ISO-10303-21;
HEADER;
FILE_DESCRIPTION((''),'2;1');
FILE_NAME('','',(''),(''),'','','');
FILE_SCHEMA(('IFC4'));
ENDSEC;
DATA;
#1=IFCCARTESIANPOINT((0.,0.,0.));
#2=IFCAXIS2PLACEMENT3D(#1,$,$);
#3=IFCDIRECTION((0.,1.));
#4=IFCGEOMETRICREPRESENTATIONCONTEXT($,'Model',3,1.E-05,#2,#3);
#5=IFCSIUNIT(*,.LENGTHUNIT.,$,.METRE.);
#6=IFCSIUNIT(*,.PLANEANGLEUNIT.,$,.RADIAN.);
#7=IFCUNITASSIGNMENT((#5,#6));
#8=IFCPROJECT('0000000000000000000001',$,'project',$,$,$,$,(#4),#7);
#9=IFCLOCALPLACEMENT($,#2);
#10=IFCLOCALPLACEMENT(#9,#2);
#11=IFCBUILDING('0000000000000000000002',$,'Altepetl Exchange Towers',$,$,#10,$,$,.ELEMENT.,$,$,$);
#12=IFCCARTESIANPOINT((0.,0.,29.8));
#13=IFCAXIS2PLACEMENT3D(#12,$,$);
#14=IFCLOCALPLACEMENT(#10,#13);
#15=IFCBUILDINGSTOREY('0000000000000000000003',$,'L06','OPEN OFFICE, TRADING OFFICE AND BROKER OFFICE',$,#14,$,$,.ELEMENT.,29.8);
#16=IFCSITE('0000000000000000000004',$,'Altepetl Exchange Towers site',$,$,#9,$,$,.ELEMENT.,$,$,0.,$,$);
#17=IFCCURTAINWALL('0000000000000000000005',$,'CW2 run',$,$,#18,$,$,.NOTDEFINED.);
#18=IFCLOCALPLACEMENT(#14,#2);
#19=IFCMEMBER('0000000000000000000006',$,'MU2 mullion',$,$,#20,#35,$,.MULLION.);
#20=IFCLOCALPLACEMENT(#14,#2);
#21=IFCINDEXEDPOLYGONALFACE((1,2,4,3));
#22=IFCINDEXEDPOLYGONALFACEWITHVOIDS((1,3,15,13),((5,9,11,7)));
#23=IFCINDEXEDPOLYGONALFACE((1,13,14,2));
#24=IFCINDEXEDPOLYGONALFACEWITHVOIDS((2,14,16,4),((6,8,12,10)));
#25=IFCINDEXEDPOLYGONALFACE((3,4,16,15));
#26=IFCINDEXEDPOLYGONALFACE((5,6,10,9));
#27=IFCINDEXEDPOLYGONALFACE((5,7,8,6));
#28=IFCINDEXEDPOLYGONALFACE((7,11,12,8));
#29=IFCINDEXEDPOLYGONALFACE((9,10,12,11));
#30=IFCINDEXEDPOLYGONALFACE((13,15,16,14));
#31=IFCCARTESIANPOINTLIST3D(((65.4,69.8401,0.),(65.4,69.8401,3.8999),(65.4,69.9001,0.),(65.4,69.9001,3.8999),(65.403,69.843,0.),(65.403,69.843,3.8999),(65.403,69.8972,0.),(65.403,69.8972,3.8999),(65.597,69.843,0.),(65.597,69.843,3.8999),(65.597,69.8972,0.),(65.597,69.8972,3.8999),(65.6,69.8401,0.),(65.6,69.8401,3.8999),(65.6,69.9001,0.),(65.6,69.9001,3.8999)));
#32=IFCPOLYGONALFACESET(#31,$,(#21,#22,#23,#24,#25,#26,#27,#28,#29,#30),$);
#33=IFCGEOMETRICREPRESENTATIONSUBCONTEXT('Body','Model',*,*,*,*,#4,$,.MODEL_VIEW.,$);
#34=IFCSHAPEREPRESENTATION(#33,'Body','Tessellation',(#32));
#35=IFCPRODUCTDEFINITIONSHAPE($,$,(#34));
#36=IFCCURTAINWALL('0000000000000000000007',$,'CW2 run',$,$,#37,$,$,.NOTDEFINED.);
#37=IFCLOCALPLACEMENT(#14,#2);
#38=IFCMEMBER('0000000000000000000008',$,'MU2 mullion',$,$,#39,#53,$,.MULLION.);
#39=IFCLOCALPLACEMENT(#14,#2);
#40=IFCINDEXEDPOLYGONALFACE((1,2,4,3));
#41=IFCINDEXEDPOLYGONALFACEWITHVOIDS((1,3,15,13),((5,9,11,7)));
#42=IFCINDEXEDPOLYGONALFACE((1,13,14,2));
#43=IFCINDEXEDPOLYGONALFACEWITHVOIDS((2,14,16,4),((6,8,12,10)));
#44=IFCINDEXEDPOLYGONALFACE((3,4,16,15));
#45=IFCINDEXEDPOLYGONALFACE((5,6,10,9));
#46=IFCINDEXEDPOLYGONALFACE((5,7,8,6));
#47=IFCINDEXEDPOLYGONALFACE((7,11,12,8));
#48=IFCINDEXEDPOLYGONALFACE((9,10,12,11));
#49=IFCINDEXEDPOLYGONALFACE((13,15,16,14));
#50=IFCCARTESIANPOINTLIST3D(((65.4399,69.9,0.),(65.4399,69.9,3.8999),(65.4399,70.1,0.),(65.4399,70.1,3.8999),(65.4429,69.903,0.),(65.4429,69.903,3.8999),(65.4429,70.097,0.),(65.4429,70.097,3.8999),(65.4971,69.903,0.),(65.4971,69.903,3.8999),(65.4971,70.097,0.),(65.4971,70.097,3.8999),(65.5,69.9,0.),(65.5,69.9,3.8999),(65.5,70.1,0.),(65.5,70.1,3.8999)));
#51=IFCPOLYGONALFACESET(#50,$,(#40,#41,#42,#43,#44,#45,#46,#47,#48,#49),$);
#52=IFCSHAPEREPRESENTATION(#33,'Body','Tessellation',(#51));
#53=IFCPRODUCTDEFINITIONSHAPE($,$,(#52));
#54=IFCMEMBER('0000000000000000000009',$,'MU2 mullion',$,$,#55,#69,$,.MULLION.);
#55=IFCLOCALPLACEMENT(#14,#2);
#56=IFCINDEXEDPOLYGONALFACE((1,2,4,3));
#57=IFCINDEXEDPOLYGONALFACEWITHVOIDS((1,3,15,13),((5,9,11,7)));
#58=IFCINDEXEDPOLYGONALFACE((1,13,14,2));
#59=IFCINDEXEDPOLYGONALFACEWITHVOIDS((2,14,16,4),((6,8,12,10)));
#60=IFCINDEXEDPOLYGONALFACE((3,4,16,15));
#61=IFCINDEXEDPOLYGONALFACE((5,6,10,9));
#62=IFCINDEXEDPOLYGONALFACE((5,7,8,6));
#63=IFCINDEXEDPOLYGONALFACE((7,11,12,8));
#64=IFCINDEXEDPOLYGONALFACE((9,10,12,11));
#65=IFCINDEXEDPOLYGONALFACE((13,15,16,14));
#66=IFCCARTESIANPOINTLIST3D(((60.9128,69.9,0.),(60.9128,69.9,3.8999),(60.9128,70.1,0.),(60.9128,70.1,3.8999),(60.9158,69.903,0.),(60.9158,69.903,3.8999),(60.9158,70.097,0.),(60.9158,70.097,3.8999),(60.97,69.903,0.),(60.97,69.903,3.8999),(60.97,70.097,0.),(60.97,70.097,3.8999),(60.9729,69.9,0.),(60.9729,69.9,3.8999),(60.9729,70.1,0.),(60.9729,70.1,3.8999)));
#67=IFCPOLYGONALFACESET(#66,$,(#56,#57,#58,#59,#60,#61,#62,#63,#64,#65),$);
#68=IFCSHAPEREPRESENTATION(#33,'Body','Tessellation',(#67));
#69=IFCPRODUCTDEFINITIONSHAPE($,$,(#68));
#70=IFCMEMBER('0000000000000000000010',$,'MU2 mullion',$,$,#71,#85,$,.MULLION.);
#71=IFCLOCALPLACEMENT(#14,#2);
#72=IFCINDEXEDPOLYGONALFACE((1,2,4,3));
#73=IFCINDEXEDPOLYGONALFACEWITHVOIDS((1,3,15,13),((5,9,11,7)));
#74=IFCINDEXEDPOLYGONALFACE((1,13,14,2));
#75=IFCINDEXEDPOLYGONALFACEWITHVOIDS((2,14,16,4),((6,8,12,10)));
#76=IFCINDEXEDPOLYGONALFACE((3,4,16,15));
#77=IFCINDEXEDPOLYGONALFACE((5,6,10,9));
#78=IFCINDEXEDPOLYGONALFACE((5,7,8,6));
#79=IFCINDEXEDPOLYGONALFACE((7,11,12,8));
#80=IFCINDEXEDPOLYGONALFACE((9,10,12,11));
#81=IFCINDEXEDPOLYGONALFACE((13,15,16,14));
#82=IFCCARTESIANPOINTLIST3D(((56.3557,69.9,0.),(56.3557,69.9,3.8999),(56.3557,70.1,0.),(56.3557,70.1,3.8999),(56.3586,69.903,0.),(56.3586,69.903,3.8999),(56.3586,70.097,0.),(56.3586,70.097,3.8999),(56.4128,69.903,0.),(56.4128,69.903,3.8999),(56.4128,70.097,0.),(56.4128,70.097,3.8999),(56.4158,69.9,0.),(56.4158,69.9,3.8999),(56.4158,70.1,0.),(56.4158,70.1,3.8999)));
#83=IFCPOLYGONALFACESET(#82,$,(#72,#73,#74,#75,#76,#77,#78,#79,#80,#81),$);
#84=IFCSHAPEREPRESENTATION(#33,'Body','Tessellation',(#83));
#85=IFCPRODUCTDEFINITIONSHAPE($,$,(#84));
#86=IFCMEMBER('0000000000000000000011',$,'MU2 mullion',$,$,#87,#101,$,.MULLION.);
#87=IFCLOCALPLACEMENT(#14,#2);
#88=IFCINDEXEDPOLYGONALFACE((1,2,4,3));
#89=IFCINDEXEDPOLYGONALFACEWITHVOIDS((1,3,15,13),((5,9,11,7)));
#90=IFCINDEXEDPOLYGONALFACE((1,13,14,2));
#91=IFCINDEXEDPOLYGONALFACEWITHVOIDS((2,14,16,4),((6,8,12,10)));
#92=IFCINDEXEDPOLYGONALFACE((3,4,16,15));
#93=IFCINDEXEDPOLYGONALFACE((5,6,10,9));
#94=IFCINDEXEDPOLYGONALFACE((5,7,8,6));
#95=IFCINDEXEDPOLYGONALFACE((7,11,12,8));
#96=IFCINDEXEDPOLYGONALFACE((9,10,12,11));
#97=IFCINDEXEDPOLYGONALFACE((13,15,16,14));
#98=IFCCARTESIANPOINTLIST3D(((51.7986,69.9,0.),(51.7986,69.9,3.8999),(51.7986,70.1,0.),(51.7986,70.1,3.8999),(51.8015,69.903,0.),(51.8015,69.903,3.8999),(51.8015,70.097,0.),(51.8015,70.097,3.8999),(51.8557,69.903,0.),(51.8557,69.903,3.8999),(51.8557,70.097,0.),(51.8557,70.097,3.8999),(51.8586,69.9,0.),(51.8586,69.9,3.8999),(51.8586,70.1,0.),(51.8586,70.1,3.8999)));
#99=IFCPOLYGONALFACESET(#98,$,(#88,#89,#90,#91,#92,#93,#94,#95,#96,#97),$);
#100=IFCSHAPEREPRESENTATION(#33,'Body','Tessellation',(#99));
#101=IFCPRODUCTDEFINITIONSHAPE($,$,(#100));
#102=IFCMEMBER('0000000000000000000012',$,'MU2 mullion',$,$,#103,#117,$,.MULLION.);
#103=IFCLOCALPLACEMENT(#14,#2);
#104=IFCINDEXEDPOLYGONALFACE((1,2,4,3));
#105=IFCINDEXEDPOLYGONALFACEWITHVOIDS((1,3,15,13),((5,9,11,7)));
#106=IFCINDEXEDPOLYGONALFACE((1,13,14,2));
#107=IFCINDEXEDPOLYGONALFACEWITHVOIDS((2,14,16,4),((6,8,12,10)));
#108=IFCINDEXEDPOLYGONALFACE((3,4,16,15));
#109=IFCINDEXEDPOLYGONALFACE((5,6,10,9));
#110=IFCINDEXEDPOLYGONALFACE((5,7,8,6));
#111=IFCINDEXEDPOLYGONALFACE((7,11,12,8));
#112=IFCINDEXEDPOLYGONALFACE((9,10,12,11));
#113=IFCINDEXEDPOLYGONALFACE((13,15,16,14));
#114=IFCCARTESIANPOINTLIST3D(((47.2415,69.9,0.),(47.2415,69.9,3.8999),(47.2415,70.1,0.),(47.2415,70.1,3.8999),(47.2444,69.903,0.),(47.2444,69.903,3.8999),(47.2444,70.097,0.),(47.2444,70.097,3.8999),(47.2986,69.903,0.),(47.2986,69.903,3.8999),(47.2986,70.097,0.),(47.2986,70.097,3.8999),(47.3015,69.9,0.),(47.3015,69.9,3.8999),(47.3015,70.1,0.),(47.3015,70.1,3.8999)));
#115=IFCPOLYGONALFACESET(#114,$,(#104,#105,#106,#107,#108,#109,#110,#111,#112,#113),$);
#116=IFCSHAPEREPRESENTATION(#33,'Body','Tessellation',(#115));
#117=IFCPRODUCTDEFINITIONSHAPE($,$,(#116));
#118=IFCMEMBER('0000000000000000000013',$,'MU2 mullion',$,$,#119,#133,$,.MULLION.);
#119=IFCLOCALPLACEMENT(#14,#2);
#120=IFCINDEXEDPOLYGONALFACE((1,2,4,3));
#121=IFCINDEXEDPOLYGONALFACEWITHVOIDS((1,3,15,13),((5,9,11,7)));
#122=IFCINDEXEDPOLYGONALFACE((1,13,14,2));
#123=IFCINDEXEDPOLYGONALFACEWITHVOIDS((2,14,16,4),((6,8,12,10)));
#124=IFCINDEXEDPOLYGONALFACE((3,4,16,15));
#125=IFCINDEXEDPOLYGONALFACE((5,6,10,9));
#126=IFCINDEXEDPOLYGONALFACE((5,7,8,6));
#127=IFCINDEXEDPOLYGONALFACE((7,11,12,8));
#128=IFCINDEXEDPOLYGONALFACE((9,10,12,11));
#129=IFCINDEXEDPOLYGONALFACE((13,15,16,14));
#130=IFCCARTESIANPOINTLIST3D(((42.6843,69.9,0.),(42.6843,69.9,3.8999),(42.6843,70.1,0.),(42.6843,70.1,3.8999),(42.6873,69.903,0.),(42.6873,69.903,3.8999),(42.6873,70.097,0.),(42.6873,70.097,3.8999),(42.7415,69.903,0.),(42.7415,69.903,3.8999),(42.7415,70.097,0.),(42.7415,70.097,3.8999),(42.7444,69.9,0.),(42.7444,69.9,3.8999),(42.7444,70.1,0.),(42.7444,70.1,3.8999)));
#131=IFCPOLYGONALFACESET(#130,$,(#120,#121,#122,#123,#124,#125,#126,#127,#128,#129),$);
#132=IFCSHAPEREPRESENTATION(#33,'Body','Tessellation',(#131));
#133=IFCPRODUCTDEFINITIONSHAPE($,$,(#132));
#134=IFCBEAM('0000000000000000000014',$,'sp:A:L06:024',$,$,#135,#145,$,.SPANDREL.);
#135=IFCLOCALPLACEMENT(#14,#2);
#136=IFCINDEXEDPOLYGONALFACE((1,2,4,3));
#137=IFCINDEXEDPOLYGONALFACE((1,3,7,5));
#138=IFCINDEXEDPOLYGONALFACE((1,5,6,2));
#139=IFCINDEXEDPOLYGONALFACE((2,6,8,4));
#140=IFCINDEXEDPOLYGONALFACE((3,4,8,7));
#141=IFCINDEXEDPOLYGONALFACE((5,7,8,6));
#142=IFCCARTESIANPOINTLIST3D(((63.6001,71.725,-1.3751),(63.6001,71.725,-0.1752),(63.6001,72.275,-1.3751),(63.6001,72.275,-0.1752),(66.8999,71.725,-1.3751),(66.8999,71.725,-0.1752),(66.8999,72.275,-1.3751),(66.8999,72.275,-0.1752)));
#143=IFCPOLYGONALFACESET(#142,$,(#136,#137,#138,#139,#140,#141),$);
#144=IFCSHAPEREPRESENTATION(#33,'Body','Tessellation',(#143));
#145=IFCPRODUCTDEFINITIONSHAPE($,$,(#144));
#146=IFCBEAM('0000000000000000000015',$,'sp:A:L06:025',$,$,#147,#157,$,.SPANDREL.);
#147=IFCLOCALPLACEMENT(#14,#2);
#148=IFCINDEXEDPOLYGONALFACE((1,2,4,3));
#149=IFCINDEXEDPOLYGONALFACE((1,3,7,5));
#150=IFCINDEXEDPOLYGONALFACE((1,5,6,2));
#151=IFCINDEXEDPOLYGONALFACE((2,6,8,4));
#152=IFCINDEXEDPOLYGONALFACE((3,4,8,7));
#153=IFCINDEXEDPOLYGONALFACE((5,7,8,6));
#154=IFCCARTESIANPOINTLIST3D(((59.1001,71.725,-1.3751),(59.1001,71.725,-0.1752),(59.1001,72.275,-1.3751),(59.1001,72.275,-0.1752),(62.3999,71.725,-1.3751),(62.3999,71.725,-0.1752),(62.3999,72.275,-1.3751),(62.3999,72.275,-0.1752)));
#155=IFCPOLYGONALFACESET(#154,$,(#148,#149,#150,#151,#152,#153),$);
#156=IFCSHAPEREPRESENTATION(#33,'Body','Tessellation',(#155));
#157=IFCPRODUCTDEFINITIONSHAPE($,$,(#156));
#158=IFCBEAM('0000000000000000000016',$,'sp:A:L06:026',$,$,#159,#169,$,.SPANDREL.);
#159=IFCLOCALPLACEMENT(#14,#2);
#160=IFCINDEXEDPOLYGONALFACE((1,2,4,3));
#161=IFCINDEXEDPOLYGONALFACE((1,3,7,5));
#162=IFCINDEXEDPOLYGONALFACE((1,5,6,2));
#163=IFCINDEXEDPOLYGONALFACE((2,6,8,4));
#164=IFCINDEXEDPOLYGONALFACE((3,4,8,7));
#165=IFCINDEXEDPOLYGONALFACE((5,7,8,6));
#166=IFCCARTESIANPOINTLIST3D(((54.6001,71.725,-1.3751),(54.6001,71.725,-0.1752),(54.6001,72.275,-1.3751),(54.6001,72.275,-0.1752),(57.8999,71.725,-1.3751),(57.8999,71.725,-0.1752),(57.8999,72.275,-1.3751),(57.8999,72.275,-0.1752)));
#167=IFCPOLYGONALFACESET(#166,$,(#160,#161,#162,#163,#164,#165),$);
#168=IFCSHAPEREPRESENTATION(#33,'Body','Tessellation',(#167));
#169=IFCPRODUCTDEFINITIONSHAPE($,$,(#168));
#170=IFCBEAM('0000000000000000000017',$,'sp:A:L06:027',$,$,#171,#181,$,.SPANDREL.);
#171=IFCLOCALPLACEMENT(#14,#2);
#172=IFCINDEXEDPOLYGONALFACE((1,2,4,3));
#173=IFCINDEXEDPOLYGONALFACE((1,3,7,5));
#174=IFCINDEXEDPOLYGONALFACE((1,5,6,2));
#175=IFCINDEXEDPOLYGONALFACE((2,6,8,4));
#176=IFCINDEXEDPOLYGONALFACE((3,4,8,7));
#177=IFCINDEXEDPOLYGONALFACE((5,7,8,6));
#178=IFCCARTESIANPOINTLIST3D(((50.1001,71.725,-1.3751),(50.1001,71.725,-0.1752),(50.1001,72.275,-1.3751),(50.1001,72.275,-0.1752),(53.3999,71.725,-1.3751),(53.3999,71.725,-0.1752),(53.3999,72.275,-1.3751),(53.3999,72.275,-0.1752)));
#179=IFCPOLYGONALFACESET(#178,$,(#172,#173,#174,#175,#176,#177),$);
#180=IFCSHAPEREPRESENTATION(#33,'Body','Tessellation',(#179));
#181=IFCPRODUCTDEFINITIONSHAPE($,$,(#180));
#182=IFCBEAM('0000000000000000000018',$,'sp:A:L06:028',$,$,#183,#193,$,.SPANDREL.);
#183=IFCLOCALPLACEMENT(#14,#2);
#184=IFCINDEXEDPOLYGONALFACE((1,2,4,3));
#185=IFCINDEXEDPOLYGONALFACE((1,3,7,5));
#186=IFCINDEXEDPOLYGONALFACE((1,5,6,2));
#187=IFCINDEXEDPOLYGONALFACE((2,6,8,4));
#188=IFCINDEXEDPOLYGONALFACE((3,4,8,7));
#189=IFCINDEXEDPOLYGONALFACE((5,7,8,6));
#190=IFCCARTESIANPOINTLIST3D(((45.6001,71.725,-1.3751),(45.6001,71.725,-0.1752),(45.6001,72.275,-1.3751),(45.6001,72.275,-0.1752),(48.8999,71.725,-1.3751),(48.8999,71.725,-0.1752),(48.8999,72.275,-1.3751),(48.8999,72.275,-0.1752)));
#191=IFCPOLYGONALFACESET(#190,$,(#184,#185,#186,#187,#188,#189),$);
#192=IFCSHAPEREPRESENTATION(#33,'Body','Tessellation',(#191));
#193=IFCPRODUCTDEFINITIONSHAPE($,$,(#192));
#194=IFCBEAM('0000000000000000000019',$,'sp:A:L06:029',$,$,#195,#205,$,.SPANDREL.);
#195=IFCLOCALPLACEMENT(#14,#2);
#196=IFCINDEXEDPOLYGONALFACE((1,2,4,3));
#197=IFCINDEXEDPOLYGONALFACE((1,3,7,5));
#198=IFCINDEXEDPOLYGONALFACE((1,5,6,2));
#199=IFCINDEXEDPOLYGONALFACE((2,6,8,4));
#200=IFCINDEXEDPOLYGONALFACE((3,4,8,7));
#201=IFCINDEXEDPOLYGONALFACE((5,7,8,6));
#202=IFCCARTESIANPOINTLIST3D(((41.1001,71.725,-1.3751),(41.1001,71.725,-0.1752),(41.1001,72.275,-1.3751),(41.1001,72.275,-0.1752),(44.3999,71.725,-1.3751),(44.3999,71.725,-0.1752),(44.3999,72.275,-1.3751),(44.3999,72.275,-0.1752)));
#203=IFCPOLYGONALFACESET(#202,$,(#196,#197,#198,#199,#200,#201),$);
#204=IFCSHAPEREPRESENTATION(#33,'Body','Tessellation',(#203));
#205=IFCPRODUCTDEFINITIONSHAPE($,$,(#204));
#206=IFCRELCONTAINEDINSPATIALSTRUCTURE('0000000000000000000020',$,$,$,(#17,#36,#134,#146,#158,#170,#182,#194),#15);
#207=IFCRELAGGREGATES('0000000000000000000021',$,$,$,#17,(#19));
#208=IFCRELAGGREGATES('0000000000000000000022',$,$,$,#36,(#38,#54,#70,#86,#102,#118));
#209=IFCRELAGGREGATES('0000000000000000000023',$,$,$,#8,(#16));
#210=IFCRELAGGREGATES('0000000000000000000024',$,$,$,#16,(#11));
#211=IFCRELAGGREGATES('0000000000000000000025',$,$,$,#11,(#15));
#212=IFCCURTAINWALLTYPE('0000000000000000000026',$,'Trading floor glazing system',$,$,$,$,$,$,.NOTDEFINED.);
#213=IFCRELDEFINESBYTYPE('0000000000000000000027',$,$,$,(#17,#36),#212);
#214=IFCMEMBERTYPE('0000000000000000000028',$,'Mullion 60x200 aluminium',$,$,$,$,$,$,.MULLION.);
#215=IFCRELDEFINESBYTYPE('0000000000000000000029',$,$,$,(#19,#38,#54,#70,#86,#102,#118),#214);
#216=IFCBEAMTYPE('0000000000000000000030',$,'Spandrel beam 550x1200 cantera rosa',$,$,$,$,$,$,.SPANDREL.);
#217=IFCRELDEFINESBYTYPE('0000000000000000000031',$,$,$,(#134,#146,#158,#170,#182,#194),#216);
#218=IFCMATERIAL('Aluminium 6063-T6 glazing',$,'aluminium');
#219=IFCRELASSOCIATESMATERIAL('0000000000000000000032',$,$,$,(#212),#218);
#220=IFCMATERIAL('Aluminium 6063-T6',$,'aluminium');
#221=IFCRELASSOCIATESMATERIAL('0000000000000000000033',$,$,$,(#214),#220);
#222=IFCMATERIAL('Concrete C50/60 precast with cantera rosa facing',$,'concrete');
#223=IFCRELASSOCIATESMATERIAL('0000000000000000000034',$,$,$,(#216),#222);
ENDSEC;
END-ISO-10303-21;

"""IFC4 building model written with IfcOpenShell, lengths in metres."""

from ifc_helpers import new_model, si_unit, direction, frame, origin, origin_2d, place, context, subcontext, project, spatial, rectangle, hollow_rectangle, extrude, material, material_profile, profile_set, type_object, element, aggregate, save


model = new_model("IFC4")

# Units and contexts
model_context = context("Model", 3, precision=1e-05, world=origin(), true_north=direction((0.0, 1.0)))
body_context = subcontext(model_context, "Body", "Model", "MODEL_VIEW")
ifc_project = project(units=[si_unit("LENGTHUNIT", "METRE"), si_unit("PLANEANGLEUNIT", "RADIAN")], contexts=[model_context])

# Site, building, storey
site_placement = place(None, origin())
site = spatial("IfcSite", under=ifc_project, at=site_placement, Name="Altepetl Exchange Towers site", CompositionType="ELEMENT", RefElevation=0.0)
building_placement = place(site_placement, origin())
building = spatial("IfcBuilding", under=site, at=building_placement, Name="Altepetl Exchange Towers", CompositionType="ELEMENT")
storey_placement = place(building_placement, frame((0.0, 0.0, 29.8)))
storey = spatial("IfcBuildingStorey", under=building, at=storey_placement, Name="L06", Description="OPEN OFFICE, TRADING OFFICE AND BROKER OFFICE", CompositionType="ELEMENT", Elevation=29.8)

# Shared definitions
ifc_material_1 = material(Name="Aluminium 6063-T6 glazing", Category="aluminium")
curtain_wall_type = type_object("IfcCurtainWallType", Name="Trading floor glazing system", PredefinedType="NOTDEFINED", material=ifc_material_1)
ifc_material_2 = material(Name="Aluminium 6063-T6", Category="aluminium")
ifc_material_profile_1 = material_profile(ifc_material_2, hollow_rectangle(XDim=0.0601, YDim=0.2, WallThickness=0.0029, at=origin_2d()), Name="Mullion 60x200 aluminium")
ifc_profile_set_1 = profile_set([ifc_material_profile_1], Name="Aluminium 6063-T6")
member_type = type_object("IfcMemberType", Name="Mullion 60x200 aluminium", PredefinedType="MULLION", material=ifc_profile_set_1)

# Curtain walls, members
curtain_wall_1_placement = place(storey_placement, origin())
curtain_wall_1 = element("IfcCurtainWall", 1, at=curtain_wall_1_placement, inside=storey, type_object=curtain_wall_type, Name="CW2 run", PredefinedType="NOTDEFINED")
member_1_placement = place(storey_placement, frame((65.5, 69.8701, 0.0), z_axis=(0.0, 0.0, 1.0), x_axis=(0.0, 1.0, 0.0)))
member_1 = element("IfcMember", 2, at=member_1_placement, type_object=member_type, Name="MU2 mullion", PredefinedType="MULLION", context=body_context, shape_type="SweptSolid", body=[
    extrude(hollow_rectangle(XDim=0.0601, YDim=0.2, WallThickness=0.0029, at=origin_2d()), origin(), (0.0, 0.0, 1.0), 3.8999),
])
curtain_wall_2_placement = place(storey_placement, origin())
curtain_wall_2 = element("IfcCurtainWall", 3, at=curtain_wall_2_placement, inside=storey, type_object=curtain_wall_type, Name="CW2 run", PredefinedType="NOTDEFINED")
member_2_placement = place(storey_placement, frame((65.47, 70.0, 0.0), z_axis=(0.0, 0.0, 1.0), x_axis=(-1.0, 0.0, 0.0)))
member_2 = element("IfcMember", 4, at=member_2_placement, type_object=member_type, Name="MU2 mullion", PredefinedType="MULLION", context=body_context, shape_type="SweptSolid", body=[
    extrude(hollow_rectangle(XDim=0.0601, YDim=0.2, WallThickness=0.0029, at=origin_2d()), origin(), (0.0, 0.0, 1.0), 3.8999),
])
member_3_placement = place(storey_placement, frame((60.9429, 70.0, 0.0), z_axis=(0.0, 0.0, 1.0), x_axis=(-1.0, 0.0, 0.0)))
member_3 = element("IfcMember", 5, at=member_3_placement, type_object=member_type, Name="MU2 mullion", PredefinedType="MULLION", context=body_context, shape_type="SweptSolid", body=[
    extrude(hollow_rectangle(XDim=0.0601, YDim=0.2, WallThickness=0.0029, at=origin_2d()), origin(), (0.0, 0.0, 1.0), 3.8999),
])
member_4_placement = place(storey_placement, frame((56.3857, 70.0, 0.0), z_axis=(0.0, 0.0, 1.0), x_axis=(-1.0, 0.0, 0.0)))
member_4 = element("IfcMember", 6, at=member_4_placement, type_object=member_type, Name="MU2 mullion", PredefinedType="MULLION", context=body_context, shape_type="SweptSolid", body=[
    extrude(hollow_rectangle(XDim=0.0601, YDim=0.2, WallThickness=0.0029, at=origin_2d()), origin(), (0.0, 0.0, 1.0), 3.8999),
])
member_5_placement = place(storey_placement, frame((51.8286, 70.0, 0.0), z_axis=(0.0, 0.0, 1.0), x_axis=(-1.0, 0.0, 0.0)))
member_5 = element("IfcMember", 7, at=member_5_placement, type_object=member_type, Name="MU2 mullion", PredefinedType="MULLION", context=body_context, shape_type="SweptSolid", body=[
    extrude(hollow_rectangle(XDim=0.0601, YDim=0.2, WallThickness=0.0029, at=origin_2d()), origin(), (0.0, 0.0, 1.0), 3.8999),
])
member_6_placement = place(storey_placement, frame((47.2715, 70.0, 0.0), z_axis=(0.0, 0.0, 1.0), x_axis=(-1.0, 0.0, 0.0)))
member_6 = element("IfcMember", 8, at=member_6_placement, type_object=member_type, Name="MU2 mullion", PredefinedType="MULLION", context=body_context, shape_type="SweptSolid", body=[
    extrude(hollow_rectangle(XDim=0.0601, YDim=0.2, WallThickness=0.0029, at=origin_2d()), origin(), (0.0, 0.0, 1.0), 3.8999),
])
member_7_placement = place(storey_placement, frame((42.7144, 70.0, 0.0), z_axis=(0.0, 0.0, 1.0), x_axis=(-1.0, 0.0, 0.0)))
member_7 = element("IfcMember", 9, at=member_7_placement, type_object=member_type, Name="MU2 mullion", PredefinedType="MULLION", context=body_context, shape_type="SweptSolid", body=[
    extrude(hollow_rectangle(XDim=0.0601, YDim=0.2, WallThickness=0.0029, at=origin_2d()), origin(), (0.0, 0.0, 1.0), 3.8999),
])

# Beams
ifc_material_3 = material(Name="Concrete C50/60 precast with cantera rosa facing", Category="concrete")
ifc_material_profile_2 = material_profile(ifc_material_3, rectangle(XDim=0.55, YDim=1.2, at=origin_2d()), Name="550 x 1200")
ifc_profile_set_2 = profile_set([ifc_material_profile_2], Name="Concrete C50/60 precast with cantera rosa facing")
beam_type_1 = type_object("IfcBeamType", Name="Spandrel beam 550x1200 cantera rosa", PredefinedType="SPANDREL", material=ifc_profile_set_2)
for number, where, z_axis, x_axis, name in (
    (10, (66.8999, 72.0, -0.7751), (-1.0, 0.0, 0.0), (0.0, -1.0, 0.0), "sp:A:L06:024"),
    (11, (62.3999, 72.0, -0.7751), (-1.0, 0.0, 0.0), (0.0, -1.0, 0.0), "sp:A:L06:025"),
    (12, (57.8999, 72.0, -0.7751), (-1.0, 0.0, 0.0), (0.0, -1.0, 0.0), "sp:A:L06:026"),
    (13, (53.3999, 72.0, -0.7751), (-1.0, 0.0, 0.0), (0.0, -1.0, 0.0), "sp:A:L06:027"),
    (14, (48.8999, 72.0, -0.7751), (-1.0, 0.0, 0.0), (0.0, -1.0, 0.0), "sp:A:L06:028"),
    (15, (44.3999, 72.0, -0.7751), (-1.0, 0.0, 0.0), (0.0, -1.0, 0.0), "sp:A:L06:029"),
):
    element("IfcBeam", number, at=place(storey_placement, frame(where, z_axis=z_axis, x_axis=x_axis)), inside=storey, type_object=beam_type_1, Name=name, PredefinedType="SPANDREL", context=body_context, shape_type="SweptSolid", body=[
        extrude(rectangle(XDim=0.55, YDim=1.2, at=origin_2d()), origin(), (0.0, 0.0, 1.0), 3.2998),
    ])

aggregate(curtain_wall_1, [member_1])
aggregate(curtain_wall_2, [member_2, member_3, member_4, member_5, member_6, member_7])

save(model, "model.ifc")
